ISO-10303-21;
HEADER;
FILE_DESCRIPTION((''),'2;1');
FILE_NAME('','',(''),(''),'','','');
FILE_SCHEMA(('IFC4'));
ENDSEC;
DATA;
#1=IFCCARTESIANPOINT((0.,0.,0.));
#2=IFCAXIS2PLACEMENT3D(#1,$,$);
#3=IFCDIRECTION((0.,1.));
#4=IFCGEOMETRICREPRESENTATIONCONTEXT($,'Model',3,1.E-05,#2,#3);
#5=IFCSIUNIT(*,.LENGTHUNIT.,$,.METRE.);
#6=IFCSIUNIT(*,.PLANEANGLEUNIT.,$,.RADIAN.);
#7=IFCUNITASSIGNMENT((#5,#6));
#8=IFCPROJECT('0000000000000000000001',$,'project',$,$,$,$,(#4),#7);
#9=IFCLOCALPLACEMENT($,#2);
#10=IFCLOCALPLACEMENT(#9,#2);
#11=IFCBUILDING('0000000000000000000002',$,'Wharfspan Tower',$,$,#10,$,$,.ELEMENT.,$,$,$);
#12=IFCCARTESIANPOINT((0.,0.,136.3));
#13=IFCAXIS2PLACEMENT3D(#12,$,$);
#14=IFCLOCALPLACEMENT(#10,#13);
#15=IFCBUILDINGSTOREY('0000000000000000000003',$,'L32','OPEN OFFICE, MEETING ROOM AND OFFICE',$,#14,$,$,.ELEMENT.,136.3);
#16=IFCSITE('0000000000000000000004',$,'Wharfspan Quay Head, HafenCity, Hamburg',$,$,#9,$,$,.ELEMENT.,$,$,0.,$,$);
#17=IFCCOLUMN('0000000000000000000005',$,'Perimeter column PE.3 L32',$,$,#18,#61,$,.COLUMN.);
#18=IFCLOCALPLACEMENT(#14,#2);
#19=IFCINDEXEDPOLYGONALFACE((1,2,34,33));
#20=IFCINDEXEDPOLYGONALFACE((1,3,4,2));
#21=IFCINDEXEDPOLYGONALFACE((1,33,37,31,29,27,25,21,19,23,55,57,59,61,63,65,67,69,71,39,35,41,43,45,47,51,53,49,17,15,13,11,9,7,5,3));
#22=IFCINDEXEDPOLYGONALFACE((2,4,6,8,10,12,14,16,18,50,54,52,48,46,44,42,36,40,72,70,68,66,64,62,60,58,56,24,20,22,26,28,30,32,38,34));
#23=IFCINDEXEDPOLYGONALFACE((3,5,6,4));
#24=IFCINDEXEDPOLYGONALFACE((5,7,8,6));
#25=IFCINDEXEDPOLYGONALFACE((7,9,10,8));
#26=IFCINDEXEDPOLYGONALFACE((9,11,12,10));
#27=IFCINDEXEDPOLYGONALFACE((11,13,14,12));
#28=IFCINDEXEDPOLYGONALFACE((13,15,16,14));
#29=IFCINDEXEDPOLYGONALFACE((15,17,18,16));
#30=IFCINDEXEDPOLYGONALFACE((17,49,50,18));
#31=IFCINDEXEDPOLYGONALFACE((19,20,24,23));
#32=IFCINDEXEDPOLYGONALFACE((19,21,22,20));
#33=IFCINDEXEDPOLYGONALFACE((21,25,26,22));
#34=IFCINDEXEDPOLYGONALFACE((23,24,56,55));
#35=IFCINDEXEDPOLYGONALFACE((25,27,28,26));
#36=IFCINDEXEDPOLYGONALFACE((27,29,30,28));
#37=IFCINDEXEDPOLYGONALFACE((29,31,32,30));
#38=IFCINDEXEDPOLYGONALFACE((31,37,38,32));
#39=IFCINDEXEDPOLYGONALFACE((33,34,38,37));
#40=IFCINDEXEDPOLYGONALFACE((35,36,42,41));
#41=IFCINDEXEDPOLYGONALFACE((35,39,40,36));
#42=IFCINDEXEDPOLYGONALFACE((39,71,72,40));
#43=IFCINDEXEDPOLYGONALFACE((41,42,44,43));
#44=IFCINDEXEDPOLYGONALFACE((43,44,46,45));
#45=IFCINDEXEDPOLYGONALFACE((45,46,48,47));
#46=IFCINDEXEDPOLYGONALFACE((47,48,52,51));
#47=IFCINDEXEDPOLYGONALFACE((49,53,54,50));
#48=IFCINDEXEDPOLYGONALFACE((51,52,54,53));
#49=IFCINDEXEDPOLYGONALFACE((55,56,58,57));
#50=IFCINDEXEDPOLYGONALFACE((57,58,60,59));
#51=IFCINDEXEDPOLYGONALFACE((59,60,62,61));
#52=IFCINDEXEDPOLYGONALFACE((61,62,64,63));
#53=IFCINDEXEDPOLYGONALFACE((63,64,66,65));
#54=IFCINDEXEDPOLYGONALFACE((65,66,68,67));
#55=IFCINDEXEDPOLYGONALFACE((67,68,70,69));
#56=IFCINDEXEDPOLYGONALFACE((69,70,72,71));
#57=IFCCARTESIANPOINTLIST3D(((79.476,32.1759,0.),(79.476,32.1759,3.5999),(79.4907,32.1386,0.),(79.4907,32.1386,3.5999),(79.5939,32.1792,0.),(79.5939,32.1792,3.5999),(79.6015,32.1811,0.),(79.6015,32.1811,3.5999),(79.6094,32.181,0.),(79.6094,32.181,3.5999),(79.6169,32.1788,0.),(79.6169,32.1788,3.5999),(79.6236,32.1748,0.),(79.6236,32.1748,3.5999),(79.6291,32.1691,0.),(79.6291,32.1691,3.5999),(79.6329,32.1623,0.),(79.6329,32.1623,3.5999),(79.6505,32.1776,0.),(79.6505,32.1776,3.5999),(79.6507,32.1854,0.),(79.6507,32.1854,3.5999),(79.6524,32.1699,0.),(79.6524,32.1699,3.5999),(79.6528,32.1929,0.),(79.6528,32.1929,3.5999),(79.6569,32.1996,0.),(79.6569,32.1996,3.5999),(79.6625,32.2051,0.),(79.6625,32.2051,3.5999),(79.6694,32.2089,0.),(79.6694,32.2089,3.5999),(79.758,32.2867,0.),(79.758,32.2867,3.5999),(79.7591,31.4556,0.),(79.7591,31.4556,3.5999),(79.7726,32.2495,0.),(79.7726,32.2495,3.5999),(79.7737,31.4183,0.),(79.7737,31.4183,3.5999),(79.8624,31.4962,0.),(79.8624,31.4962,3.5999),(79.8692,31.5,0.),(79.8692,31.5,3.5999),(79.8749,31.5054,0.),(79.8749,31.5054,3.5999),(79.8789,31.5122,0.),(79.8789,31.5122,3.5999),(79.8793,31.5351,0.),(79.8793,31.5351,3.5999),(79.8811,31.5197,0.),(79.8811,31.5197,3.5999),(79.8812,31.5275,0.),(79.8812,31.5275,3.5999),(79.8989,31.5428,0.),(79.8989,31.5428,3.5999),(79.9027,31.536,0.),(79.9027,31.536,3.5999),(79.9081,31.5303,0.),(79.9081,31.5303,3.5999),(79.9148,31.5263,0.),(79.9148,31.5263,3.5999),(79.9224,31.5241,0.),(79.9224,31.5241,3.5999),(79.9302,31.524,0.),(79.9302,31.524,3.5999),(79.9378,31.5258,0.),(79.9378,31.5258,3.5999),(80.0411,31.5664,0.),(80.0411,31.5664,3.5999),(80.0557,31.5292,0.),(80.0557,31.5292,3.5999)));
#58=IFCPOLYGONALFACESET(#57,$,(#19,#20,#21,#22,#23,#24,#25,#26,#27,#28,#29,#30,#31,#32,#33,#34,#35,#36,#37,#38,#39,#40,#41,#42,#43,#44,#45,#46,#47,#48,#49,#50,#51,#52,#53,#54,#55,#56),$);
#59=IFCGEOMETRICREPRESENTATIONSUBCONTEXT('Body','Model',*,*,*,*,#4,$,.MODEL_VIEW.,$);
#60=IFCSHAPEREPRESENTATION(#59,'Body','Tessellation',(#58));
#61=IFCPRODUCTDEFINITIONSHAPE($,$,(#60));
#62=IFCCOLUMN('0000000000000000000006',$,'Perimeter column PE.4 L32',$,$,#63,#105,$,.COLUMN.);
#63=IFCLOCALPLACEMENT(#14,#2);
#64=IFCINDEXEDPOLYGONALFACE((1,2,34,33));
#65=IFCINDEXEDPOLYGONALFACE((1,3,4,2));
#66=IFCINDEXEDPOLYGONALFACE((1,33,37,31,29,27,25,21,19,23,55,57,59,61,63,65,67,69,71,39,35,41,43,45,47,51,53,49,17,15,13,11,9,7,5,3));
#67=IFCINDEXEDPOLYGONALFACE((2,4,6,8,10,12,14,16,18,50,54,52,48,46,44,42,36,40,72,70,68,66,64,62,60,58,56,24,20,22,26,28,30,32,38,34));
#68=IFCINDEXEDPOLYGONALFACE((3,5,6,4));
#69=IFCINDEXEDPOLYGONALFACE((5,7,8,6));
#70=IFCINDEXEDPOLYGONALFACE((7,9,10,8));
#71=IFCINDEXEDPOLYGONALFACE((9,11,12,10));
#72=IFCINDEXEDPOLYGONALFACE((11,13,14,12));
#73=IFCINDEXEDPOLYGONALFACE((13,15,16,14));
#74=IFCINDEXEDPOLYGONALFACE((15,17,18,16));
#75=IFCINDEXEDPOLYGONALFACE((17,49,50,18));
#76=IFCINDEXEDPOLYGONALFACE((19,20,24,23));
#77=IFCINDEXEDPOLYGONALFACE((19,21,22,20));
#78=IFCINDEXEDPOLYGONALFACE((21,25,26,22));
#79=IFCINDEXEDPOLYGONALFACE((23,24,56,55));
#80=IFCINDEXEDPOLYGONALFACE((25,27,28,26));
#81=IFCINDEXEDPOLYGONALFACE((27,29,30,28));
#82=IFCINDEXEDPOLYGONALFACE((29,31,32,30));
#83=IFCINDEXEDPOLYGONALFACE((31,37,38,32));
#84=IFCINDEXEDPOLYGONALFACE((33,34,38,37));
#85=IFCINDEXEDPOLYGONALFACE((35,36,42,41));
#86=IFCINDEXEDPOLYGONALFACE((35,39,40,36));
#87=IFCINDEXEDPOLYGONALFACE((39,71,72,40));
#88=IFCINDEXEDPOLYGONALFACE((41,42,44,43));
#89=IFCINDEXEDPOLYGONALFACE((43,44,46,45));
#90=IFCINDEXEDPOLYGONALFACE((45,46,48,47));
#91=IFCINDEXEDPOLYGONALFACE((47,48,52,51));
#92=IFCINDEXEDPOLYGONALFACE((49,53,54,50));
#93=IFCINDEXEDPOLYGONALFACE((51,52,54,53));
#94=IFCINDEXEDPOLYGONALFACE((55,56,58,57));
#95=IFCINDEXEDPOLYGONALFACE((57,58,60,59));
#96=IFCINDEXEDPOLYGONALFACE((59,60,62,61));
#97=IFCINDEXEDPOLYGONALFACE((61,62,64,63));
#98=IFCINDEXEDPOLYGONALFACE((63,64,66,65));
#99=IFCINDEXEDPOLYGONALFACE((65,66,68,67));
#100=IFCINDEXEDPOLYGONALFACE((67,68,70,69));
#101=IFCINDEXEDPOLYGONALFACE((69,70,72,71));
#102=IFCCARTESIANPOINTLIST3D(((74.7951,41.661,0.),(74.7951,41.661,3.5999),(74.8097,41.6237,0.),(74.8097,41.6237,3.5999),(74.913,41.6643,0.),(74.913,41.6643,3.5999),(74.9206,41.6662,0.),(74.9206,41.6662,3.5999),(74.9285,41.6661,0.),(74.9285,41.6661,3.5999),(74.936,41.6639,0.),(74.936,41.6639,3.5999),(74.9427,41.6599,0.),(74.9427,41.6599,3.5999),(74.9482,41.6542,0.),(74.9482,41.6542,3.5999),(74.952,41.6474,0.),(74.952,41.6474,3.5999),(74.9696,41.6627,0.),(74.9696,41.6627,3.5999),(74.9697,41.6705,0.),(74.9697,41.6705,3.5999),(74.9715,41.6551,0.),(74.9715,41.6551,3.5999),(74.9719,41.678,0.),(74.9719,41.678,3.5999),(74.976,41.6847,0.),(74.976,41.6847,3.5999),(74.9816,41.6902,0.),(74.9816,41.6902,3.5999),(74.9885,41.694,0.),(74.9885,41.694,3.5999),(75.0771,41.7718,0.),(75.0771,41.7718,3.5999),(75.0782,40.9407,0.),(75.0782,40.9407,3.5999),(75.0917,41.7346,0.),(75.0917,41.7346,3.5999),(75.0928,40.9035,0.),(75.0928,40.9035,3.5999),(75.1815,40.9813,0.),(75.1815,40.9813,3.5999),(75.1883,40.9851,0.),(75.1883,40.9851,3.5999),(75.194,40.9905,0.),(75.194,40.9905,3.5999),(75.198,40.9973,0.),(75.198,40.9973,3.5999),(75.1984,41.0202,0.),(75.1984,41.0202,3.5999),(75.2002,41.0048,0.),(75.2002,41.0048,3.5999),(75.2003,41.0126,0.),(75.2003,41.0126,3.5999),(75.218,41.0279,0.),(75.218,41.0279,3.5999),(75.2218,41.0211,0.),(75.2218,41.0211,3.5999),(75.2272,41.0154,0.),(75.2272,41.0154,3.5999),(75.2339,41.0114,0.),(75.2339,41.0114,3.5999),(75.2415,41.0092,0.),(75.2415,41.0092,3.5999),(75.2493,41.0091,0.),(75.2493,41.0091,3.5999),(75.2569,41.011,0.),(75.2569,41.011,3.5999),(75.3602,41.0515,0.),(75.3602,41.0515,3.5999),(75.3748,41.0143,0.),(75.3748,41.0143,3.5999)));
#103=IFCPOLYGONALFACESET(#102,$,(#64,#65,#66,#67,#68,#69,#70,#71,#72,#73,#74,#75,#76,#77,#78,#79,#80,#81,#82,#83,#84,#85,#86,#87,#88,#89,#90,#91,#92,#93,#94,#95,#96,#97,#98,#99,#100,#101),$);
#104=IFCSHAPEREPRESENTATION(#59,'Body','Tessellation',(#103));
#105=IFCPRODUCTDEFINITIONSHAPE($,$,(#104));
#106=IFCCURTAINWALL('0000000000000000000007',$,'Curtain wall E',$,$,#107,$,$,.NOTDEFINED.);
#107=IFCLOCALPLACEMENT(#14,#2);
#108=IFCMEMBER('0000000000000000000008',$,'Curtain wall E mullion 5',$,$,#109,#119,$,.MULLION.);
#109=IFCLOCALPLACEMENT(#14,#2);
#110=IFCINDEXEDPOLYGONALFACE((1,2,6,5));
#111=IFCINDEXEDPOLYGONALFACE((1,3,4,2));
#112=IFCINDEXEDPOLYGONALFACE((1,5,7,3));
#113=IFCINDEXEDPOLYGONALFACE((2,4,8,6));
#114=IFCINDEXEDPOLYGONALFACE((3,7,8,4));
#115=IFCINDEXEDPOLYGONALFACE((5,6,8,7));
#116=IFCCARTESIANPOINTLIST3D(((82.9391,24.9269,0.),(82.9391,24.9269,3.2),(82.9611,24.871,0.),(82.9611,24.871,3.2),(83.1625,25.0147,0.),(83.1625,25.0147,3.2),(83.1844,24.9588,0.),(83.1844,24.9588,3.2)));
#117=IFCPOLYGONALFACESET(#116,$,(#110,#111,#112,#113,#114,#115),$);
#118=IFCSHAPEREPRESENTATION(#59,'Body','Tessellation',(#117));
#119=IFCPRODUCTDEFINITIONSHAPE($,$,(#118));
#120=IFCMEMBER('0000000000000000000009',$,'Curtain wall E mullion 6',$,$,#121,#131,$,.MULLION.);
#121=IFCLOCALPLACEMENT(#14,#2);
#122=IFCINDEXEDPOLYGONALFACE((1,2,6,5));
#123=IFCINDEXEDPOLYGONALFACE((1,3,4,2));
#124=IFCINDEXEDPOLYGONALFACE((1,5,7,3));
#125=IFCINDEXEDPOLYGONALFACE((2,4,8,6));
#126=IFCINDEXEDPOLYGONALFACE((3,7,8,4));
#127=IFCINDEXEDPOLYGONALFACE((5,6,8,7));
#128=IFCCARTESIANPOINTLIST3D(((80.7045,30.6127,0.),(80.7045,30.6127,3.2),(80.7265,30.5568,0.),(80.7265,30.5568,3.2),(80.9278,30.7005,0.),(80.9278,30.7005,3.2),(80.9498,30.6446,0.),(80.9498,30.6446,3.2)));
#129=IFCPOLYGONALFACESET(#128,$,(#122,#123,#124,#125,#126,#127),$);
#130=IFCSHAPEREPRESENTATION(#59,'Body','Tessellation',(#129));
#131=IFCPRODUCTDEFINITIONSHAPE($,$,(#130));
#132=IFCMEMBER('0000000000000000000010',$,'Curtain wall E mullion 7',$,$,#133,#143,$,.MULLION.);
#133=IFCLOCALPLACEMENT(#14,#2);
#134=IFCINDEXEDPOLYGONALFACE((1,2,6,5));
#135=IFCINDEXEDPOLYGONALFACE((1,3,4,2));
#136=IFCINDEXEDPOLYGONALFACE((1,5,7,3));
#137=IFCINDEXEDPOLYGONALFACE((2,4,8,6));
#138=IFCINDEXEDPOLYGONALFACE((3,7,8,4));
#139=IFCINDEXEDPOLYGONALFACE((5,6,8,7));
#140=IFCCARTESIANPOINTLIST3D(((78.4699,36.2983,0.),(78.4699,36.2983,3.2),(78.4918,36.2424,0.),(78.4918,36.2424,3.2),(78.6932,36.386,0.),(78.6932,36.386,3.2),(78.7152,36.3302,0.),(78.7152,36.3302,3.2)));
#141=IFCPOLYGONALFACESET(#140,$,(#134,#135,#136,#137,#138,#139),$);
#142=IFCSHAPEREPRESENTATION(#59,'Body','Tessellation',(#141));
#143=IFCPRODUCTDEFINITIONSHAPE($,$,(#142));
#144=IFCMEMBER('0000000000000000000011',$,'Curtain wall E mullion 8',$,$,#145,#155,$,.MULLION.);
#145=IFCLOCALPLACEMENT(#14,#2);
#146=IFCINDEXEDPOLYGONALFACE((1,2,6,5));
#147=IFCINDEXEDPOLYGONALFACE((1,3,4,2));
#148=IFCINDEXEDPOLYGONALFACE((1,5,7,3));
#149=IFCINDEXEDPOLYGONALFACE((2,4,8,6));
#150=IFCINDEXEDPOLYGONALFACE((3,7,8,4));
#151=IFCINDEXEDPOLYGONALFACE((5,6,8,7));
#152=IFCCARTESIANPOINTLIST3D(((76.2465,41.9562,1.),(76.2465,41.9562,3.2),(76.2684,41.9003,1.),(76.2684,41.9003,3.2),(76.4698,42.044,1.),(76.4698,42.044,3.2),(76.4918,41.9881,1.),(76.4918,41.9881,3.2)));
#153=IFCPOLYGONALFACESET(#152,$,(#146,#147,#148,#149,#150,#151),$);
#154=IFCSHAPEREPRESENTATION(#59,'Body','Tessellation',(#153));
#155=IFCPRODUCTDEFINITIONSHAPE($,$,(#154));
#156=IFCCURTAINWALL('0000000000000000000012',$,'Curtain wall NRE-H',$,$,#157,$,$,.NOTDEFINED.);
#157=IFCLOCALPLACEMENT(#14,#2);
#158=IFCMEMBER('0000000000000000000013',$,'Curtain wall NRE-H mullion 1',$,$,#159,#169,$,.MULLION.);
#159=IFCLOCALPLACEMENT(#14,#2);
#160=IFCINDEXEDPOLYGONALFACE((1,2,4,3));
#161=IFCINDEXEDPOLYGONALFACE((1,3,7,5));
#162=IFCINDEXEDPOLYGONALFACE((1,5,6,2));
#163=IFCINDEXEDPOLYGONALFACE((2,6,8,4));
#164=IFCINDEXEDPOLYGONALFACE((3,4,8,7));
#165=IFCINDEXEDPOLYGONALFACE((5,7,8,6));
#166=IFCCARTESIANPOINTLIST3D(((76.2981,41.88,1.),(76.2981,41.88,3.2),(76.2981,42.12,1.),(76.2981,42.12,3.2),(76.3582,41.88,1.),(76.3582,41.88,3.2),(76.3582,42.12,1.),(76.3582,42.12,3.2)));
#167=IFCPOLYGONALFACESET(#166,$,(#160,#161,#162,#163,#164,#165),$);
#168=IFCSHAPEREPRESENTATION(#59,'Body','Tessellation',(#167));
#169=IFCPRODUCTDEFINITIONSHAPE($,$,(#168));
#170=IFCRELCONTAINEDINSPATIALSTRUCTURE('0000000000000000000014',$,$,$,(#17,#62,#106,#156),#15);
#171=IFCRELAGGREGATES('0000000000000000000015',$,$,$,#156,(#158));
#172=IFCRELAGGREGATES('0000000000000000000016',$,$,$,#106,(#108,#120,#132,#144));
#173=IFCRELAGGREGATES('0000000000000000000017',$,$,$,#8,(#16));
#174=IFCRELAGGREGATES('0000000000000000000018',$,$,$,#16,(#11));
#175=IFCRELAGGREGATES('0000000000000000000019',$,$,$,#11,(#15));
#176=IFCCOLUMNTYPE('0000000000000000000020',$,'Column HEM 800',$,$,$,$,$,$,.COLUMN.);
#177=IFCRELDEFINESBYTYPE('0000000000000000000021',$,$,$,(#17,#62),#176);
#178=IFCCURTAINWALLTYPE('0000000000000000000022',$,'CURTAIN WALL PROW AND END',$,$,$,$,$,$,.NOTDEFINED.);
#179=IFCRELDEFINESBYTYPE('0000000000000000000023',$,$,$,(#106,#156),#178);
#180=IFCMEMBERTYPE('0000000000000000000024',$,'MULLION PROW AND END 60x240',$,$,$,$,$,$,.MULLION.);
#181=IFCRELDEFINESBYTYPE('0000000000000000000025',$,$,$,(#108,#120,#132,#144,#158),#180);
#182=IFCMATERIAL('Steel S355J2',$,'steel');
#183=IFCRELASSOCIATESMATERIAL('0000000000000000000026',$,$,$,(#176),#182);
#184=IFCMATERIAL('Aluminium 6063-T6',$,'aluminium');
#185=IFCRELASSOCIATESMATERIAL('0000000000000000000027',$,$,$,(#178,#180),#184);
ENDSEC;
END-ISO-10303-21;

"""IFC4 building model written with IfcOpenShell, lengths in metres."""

from ifc_helpers import new_model, si_unit, direction, frame, origin, origin_2d, place, context, subcontext, project, spatial, rectangle, i_section, extrude, material, material_profile, profile_set, type_object, element, aggregate, save


model = new_model("IFC4")

# Units and contexts
model_context = context("Model", 3, precision=1e-05, world=origin(), true_north=direction((0.0, 1.0)))
body_context = subcontext(model_context, "Body", "Model", "MODEL_VIEW")
ifc_project = project(units=[si_unit("LENGTHUNIT", "METRE"), si_unit("PLANEANGLEUNIT", "RADIAN")], contexts=[model_context])

# Site, building, storey
site_placement = place(None, origin())
site = spatial("IfcSite", under=ifc_project, at=site_placement, Name="Wharfspan Quay Head, HafenCity, Hamburg", CompositionType="ELEMENT", RefElevation=0.0)
building_placement = place(site_placement, origin())
building = spatial("IfcBuilding", under=site, at=building_placement, Name="Wharfspan Tower", CompositionType="ELEMENT")
storey_placement = place(building_placement, frame((0.0, 0.0, 136.3)))
storey = spatial("IfcBuildingStorey", under=building, at=storey_placement, Name="L32", Description="OPEN OFFICE, MEETING ROOM AND OFFICE", CompositionType="ELEMENT", Elevation=136.3)

# Columns
ifc_material_1 = material(Name="Steel S355J2", Category="steel")
ifc_material_profile_1 = material_profile(ifc_material_1, i_section(OverallWidth=0.303, OverallDepth=0.814, WebThickness=0.021, FlangeThickness=0.04, FilletRadius=0.03, at=origin_2d()))
ifc_profile_set_1 = profile_set([ifc_material_profile_1], Name="Steel S355J2")
column_type = type_object("IfcColumnType", Name="Column HEM 800", PredefinedType="COLUMN", material=ifc_profile_set_1)
for number, where, z_axis, x_axis, name in (
    (1, (79.7659, 31.8525, 0.0), (0.0, 0.0, 1.0), (0.930702, 0.365778, 0.0), "Perimeter column PE.3 L32"),
    (2, (75.085, 41.3376, 0.0), (0.0, 0.0, 1.0), (0.930702, 0.365778, 0.0), "Perimeter column PE.4 L32"),
):
    element("IfcColumn", number, at=place(storey_placement, frame(where, z_axis=z_axis, x_axis=x_axis)), inside=storey, type_object=column_type, Name=name, PredefinedType="COLUMN", context=body_context, shape_type="SweptSolid", body=[
        extrude(i_section(OverallWidth=0.303, OverallDepth=0.814, WebThickness=0.021, FlangeThickness=0.04, FilletRadius=0.03, at=origin_2d()), origin(), (0.0, 0.0, 1.0), 3.5999),
    ])

# Curtain wall, members
ifc_material_2 = material(Name="Aluminium 6063-T6", Category="aluminium")
curtain_wall_type = type_object("IfcCurtainWallType", Name="CURTAIN WALL PROW AND END", PredefinedType="NOTDEFINED", material=ifc_material_2)
curtain_wall_1_placement = place(storey_placement, origin())
curtain_wall_1 = element("IfcCurtainWall", 3, at=curtain_wall_1_placement, inside=storey, type_object=curtain_wall_type, Name="Curtain wall E", PredefinedType="NOTDEFINED")
ifc_material_profile_2 = material_profile(ifc_material_2, rectangle(XDim=0.24, YDim=0.0601, at=origin_2d()))
ifc_profile_set_2 = profile_set([ifc_material_profile_2], Name="Aluminium 6063-T6")
member_type_1 = type_object("IfcMemberType", Name="MULLION PROW AND END 60x240", PredefinedType="MULLION", material=ifc_profile_set_2)
member_1_placement = place(storey_placement, frame((83.0618, 24.9429, 0.0), z_axis=(0.0, 0.0, 1.0), x_axis=(-0.930702, -0.365778, 0.0)))
member_1 = element("IfcMember", 4, at=member_1_placement, type_object=member_type_1, Name="Curtain wall E mullion 5", PredefinedType="MULLION", context=body_context, shape_type="SweptSolid", body=[
    extrude(rectangle(XDim=0.24, YDim=0.0601, at=origin_2d()), origin(), (0.0, 0.0, 1.0), 3.2),
])
member_2_placement = place(storey_placement, frame((80.8271, 30.6287, 0.0), z_axis=(0.0, 0.0, 1.0), x_axis=(-0.930702, -0.365778, 0.0)))
member_2 = element("IfcMember", 5, at=member_2_placement, type_object=member_type_1, Name="Curtain wall E mullion 6", PredefinedType="MULLION", context=body_context, shape_type="SweptSolid", body=[
    extrude(rectangle(XDim=0.24, YDim=0.0601, at=origin_2d()), origin(), (0.0, 0.0, 1.0), 3.2),
])
member_3_placement = place(storey_placement, frame((78.5925, 36.3142, 0.0), z_axis=(0.0, 0.0, 1.0), x_axis=(-0.930702, -0.365778, 0.0)))
member_3 = element("IfcMember", 6, at=member_3_placement, type_object=member_type_1, Name="Curtain wall E mullion 7", PredefinedType="MULLION", context=body_context, shape_type="SweptSolid", body=[
    extrude(rectangle(XDim=0.24, YDim=0.0601, at=origin_2d()), origin(), (0.0, 0.0, 1.0), 3.2),
])
member_4_placement = place(storey_placement, frame((76.3691, 41.9722, 1.0), z_axis=(0.0, 0.0, 1.0), x_axis=(-0.930702, -0.365778, 0.0)))
member_4 = element("IfcMember", 7, at=member_4_placement, type_object=member_type_1, Name="Curtain wall E mullion 8", PredefinedType="MULLION", context=body_context, shape_type="SweptSolid", body=[
    extrude(rectangle(XDim=0.24, YDim=0.0601, at=origin_2d()), origin(), (0.0, 0.0, 1.0), 2.2),
])

# Curtain wall, member
curtain_wall_2_placement = place(storey_placement, origin())
curtain_wall_2 = element("IfcCurtainWall", 8, at=curtain_wall_2_placement, inside=storey, type_object=curtain_wall_type, Name="Curtain wall NRE-H", PredefinedType="NOTDEFINED")
member_5_placement = place(storey_placement, frame((76.3281, 42.0, 1.0), z_axis=(0.0, 0.0, 1.0), x_axis=(0.0, -1.0, 0.0)))
member_5 = element("IfcMember", 9, at=member_5_placement, type_object=member_type_1, Name="Curtain wall NRE-H mullion 1", PredefinedType="MULLION", context=body_context, shape_type="SweptSolid", body=[
    extrude(rectangle(XDim=0.24, YDim=0.0601, at=origin_2d()), origin(), (0.0, 0.0, 1.0), 2.2),
])

aggregate(curtain_wall_2, [member_5])
aggregate(curtain_wall_1, [member_1, member_2, member_3, member_4])

save(model, "model.ifc")
